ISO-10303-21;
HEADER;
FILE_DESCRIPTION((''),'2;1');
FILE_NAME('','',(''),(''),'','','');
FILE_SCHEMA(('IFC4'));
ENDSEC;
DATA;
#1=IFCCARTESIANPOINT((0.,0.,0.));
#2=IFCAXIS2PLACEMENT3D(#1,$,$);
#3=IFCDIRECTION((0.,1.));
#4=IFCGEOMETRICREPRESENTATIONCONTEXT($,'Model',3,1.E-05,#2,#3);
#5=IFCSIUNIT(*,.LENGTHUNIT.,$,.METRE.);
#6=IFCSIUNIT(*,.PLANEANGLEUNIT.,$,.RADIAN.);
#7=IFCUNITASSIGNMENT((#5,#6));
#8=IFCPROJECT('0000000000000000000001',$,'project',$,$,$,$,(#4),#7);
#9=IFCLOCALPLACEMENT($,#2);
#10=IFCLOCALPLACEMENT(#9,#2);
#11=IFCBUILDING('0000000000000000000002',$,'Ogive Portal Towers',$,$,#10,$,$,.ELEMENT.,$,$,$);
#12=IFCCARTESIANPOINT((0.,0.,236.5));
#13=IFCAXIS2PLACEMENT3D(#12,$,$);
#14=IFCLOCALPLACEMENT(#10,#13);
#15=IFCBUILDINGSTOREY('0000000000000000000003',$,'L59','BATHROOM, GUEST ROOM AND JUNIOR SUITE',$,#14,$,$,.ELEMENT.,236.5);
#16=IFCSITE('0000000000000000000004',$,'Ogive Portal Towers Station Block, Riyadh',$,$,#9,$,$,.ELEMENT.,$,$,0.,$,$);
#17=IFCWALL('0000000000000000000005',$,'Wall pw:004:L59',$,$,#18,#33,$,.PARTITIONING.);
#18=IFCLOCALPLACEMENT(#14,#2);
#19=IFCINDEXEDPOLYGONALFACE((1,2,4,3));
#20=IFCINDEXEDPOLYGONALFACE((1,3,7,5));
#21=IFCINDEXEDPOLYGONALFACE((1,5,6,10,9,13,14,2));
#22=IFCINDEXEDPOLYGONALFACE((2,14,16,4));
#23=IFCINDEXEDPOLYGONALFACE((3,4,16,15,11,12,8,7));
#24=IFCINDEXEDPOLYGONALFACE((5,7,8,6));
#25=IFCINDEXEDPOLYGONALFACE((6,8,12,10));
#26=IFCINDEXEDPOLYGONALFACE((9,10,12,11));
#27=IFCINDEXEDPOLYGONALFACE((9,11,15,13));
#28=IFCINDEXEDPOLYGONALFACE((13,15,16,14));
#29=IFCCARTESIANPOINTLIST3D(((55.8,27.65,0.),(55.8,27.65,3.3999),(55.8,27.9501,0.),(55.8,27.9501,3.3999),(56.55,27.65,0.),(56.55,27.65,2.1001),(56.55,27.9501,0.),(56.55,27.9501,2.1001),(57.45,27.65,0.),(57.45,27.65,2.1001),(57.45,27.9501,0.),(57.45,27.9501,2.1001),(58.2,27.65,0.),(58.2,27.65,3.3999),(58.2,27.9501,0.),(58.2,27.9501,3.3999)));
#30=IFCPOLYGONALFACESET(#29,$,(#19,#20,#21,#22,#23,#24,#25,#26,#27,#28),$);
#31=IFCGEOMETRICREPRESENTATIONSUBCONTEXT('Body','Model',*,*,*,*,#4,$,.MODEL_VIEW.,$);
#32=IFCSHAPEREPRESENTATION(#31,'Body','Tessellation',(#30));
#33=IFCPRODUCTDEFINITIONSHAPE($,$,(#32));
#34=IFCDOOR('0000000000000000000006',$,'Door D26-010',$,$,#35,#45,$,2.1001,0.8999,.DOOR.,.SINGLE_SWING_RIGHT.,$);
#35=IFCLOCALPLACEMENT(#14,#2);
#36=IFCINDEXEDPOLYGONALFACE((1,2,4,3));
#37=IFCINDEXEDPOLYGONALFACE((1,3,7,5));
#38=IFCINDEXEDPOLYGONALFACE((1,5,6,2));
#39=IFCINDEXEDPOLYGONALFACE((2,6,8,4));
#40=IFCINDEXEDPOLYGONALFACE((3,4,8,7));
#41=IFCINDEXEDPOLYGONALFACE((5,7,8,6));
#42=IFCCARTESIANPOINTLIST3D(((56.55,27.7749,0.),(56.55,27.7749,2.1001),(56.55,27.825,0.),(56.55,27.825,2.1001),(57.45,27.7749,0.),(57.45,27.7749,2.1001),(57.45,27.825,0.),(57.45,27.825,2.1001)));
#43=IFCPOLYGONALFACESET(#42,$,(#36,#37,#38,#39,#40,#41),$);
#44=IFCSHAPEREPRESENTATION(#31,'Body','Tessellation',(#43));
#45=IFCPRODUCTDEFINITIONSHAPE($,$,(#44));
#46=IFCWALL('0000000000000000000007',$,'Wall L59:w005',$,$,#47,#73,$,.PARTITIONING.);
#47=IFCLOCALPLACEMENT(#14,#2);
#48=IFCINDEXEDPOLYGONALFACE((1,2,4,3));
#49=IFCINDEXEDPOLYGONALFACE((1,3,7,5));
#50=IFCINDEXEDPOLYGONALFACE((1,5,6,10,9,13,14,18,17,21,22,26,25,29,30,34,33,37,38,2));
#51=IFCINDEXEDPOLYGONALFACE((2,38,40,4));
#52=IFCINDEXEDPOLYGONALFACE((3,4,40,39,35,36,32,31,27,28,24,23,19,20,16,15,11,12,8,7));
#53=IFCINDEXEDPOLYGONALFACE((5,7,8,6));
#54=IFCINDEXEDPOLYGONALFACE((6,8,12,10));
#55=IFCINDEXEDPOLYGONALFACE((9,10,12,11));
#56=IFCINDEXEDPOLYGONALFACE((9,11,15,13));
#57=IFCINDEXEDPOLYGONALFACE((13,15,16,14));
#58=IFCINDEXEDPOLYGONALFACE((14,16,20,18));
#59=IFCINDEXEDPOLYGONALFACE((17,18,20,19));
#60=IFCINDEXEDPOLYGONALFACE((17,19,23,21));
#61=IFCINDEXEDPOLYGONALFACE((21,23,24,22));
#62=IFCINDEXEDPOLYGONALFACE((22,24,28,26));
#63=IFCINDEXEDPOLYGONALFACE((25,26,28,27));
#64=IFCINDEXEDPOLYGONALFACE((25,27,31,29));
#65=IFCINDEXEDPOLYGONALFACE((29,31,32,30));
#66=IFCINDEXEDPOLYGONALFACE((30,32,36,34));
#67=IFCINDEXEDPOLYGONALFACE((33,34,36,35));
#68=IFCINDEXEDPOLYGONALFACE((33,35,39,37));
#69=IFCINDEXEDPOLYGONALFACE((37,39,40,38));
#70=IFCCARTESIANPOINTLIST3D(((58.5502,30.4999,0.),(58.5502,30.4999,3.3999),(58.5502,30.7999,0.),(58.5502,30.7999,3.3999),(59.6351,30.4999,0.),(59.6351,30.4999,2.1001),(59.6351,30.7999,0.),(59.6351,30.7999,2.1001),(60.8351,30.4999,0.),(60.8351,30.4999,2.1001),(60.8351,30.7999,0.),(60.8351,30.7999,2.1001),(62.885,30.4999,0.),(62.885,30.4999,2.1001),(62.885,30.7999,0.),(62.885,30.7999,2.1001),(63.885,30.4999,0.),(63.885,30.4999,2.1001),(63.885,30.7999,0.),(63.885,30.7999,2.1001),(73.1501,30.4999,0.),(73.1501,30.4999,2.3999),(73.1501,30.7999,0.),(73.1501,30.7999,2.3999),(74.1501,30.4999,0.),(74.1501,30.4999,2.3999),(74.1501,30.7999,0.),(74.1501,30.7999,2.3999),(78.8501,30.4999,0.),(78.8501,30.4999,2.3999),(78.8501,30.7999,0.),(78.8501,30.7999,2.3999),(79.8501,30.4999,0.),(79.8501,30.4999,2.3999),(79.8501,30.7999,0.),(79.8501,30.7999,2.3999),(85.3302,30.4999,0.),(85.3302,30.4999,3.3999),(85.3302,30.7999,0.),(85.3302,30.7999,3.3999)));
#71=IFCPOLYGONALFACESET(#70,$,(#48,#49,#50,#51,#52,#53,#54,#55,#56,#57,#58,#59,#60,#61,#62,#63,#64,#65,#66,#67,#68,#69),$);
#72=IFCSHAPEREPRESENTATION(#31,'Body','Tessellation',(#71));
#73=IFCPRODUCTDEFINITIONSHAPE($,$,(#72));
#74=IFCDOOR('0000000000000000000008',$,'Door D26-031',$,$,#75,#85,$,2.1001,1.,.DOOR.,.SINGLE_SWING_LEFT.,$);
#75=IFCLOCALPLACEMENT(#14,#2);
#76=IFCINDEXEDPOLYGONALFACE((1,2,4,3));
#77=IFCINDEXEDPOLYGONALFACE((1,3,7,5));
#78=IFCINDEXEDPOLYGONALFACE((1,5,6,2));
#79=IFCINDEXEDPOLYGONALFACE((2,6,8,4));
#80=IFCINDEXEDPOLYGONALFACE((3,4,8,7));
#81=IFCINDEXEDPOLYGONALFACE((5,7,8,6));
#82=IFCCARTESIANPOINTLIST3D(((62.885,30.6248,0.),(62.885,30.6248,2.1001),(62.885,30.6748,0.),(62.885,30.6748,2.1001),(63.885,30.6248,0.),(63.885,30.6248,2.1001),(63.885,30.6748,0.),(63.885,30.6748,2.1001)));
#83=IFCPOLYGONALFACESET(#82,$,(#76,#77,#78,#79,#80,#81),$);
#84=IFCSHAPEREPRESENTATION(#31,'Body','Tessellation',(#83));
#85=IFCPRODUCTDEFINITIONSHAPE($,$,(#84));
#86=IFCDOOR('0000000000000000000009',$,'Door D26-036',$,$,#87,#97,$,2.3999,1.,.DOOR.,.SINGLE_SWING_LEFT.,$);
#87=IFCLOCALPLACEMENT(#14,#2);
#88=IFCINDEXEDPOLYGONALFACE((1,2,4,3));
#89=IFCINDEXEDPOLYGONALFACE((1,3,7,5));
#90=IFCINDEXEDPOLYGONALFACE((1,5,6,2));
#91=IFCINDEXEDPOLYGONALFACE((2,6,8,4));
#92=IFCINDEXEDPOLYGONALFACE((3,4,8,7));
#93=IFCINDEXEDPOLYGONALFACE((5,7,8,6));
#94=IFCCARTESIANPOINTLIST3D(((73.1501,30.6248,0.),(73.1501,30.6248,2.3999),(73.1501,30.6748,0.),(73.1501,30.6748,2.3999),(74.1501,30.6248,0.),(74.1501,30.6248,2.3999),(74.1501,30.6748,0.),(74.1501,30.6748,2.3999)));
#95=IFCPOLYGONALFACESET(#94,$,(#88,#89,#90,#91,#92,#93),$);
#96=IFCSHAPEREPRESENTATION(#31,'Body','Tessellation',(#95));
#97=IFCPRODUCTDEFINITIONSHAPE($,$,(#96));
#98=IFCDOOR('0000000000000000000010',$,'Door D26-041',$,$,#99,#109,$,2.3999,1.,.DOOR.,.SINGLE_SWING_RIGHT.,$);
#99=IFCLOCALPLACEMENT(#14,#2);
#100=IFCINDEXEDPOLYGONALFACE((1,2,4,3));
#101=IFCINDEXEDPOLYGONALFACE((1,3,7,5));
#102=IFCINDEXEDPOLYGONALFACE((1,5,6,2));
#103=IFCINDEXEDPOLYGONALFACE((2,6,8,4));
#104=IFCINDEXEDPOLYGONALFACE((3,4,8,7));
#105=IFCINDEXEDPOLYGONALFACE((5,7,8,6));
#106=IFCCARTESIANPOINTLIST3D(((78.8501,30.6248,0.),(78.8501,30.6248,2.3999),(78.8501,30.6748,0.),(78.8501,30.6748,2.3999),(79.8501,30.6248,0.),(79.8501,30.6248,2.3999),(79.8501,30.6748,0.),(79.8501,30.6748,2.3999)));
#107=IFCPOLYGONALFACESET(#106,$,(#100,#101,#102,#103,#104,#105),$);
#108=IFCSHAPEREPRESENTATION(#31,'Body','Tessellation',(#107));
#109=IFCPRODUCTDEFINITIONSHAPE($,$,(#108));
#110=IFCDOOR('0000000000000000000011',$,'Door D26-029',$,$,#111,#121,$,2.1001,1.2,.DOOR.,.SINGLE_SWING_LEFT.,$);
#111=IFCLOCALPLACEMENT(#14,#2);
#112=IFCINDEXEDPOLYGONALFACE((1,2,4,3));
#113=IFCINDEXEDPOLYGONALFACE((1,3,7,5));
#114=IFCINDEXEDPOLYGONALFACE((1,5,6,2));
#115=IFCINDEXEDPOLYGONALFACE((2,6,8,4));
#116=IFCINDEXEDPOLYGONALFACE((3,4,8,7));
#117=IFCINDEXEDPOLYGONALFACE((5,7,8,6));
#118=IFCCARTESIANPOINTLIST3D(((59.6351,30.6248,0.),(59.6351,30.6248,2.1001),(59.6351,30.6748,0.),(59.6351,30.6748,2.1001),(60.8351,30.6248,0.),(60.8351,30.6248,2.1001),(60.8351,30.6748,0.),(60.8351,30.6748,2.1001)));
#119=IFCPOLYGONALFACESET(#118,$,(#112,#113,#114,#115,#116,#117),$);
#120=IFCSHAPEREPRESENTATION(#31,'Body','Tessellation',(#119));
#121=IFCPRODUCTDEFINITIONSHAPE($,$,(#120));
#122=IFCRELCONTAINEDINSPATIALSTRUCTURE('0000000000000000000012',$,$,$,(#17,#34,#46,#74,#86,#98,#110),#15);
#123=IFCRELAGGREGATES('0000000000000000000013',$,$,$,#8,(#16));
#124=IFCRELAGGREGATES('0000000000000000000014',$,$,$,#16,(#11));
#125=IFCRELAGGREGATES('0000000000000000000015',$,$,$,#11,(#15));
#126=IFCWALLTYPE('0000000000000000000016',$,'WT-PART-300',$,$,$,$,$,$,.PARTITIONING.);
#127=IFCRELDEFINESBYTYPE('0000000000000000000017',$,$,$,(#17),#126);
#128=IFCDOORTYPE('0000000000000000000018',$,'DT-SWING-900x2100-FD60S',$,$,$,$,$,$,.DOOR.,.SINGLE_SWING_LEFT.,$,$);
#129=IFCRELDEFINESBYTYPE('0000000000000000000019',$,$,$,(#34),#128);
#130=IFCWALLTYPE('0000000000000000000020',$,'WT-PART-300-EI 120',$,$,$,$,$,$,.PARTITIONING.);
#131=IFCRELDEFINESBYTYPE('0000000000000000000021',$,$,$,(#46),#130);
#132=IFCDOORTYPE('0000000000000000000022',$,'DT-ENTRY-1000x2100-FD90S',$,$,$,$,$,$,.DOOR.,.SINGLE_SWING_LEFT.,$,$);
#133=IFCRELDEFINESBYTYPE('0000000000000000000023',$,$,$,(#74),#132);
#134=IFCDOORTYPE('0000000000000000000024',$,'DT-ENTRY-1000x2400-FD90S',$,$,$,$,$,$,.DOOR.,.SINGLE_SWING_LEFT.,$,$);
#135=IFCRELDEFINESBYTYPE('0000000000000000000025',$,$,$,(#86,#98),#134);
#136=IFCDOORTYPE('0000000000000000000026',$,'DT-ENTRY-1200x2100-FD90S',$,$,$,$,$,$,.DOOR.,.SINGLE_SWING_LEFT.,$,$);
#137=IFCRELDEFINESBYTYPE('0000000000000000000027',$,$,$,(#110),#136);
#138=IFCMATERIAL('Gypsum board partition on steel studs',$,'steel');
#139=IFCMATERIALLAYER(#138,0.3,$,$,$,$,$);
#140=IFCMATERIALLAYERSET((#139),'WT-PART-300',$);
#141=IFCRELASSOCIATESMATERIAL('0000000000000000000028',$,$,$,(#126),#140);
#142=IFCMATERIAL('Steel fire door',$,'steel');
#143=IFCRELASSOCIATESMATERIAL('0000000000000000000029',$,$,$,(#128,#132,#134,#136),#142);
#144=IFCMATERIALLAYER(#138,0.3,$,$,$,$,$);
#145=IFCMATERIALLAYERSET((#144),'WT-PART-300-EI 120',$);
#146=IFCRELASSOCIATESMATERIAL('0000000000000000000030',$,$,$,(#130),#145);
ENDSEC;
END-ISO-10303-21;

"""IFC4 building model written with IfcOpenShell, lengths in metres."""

from ifc_helpers import new_model, si_unit, direction, frame, frame_2d, origin, place, context, subcontext, project, spatial, rectangle, extrude, material, layer, layer_set, type_object, element, fill, save


model = new_model("IFC4")

# Units and contexts
model_context = context("Model", 3, precision=1e-05, world=origin(), true_north=direction((0.0, 1.0)))
body_context = subcontext(model_context, "Body", "Model", "MODEL_VIEW")
ifc_project = project(units=[si_unit("LENGTHUNIT", "METRE"), si_unit("PLANEANGLEUNIT", "RADIAN")], contexts=[model_context])

# Site, building, storey
site_placement = place(None, origin())
site = spatial("IfcSite", under=ifc_project, at=site_placement, Name="Ogive Portal Towers Station Block, Riyadh", CompositionType="ELEMENT", RefElevation=0.0)
building_placement = place(site_placement, origin())
building = spatial("IfcBuilding", under=site, at=building_placement, Name="Ogive Portal Towers", CompositionType="ELEMENT")
storey_placement = place(building_placement, frame((0.0, 0.0, 236.5)))
storey = spatial("IfcBuildingStorey", under=building, at=storey_placement, Name="L59", Description="BATHROOM, GUEST ROOM AND JUNIOR SUITE", CompositionType="ELEMENT", Elevation=236.5)

# Wall, opening, door
ifc_material_1 = material(Name="Gypsum board partition on steel studs", Category="steel")
ifc_layer_1 = layer(ifc_material_1, 0.3)
ifc_layer_set_1 = layer_set([ifc_layer_1], Name="WT-PART-300")
wall_type_1 = type_object("IfcWallType", Name="WT-PART-300", PredefinedType="PARTITIONING", material=ifc_layer_set_1)
wall_1_placement = place(storey_placement, frame((55.8, 27.8, 0.0), z_axis=(0.0, 0.0, 1.0), x_axis=(1.0, 0.0, 0.0)))
wall_1 = element("IfcWall", 1, at=wall_1_placement, inside=storey, type_object=wall_type_1, Name="Wall pw:004:L59", PredefinedType="PARTITIONING", context=body_context, shape_type="SweptSolid", body=[
    extrude(rectangle(XDim=2.3999, YDim=0.3, at=frame_2d((1.2, 0.0))), origin(), (0.0, 0.0, 1.0), 3.3999),
])
opening_1_placement = place(wall_1_placement, frame((0.75, 0.0, 0.0)))
opening_1 = element("IfcOpeningElement", 2, at=opening_1_placement, cuts=wall_1, PredefinedType="OPENING", context=body_context, shape_type="SweptSolid", body=[
    extrude(rectangle(XDim=0.8999, YDim=2.1001, at=frame_2d((0.45, 1.05))), frame((0.0, 0.1602, 0.0), z_axis=(0.0, -1.0, 0.0), x_axis=(1.0, 0.0, 0.0)), (0.0, 0.0, 1.0), 0.3201),
])
ifc_material_2 = material(Name="Steel fire door", Category="steel")
door_type_1 = type_object("IfcDoorType", Name="DT-SWING-900x2100-FD60S", OperationType="SINGLE_SWING_LEFT", PredefinedType="DOOR", material=ifc_material_2)
door_1_placement = place(opening_1_placement, origin())
door_1 = element("IfcDoor", 3, at=door_1_placement, inside=storey, type_object=door_type_1, Name="Door D26-010", OperationType="SINGLE_SWING_RIGHT", OverallHeight=2.1001, OverallWidth=0.8999, PredefinedType="DOOR", context=body_context, shape_type="SweptSolid", body=[
    extrude(rectangle(XDim=0.8999, YDim=2.1001, at=frame_2d((0.45, 1.05))), frame((0.0, 0.0249, 0.0), z_axis=(0.0, -1.0, 0.0), x_axis=(1.0, 0.0, 0.0)), (0.0, 0.0, 1.0), 0.05),
])
fill(opening_1, door_1)

# Wall, openings, doors
ifc_layer_2 = layer(ifc_material_1, 0.3)
ifc_layer_set_2 = layer_set([ifc_layer_2], Name="WT-PART-300-EI 120")
wall_type_2 = type_object("IfcWallType", Name="WT-PART-300-EI 120", PredefinedType="PARTITIONING", material=ifc_layer_set_2)
wall_2_placement = place(storey_placement, frame((58.55, 30.6499, 0.0), z_axis=(0.0, 0.0, 1.0), x_axis=(1.0, 0.0, 0.0)))
wall_2 = element("IfcWall", 4, at=wall_2_placement, inside=storey, type_object=wall_type_2, Name="Wall L59:w005", PredefinedType="PARTITIONING", context=body_context, shape_type="SweptSolid", body=[
    extrude(rectangle(XDim=26.78, YDim=0.3, at=frame_2d((13.3901, 0.0))), origin(), (0.0, 0.0, 1.0), 3.3999),
])
opening_2_placement = place(wall_2_placement, frame((1.085, 0.0, 0.0)))
opening_2 = element("IfcOpeningElement", 5, at=opening_2_placement, cuts=wall_2, PredefinedType="OPENING", context=body_context, shape_type="SweptSolid", body=[
    extrude(rectangle(XDim=1.2, YDim=2.1001, at=frame_2d((0.6001, 1.05))), frame((0.0, 0.1602, 0.0), z_axis=(0.0, -1.0, 0.0), x_axis=(1.0, 0.0, 0.0)), (0.0, 0.0, 1.0), 0.3201),
])
opening_3_placement = place(wall_2_placement, frame((4.335, 0.0, 0.0)))
opening_3 = element("IfcOpeningElement", 6, at=opening_3_placement, cuts=wall_2, PredefinedType="OPENING", context=body_context, shape_type="SweptSolid", body=[
    extrude(rectangle(XDim=1.0, YDim=2.1001, at=frame_2d((0.5, 1.05))), frame((0.0, 0.1602, 0.0), z_axis=(0.0, -1.0, 0.0), x_axis=(1.0, 0.0, 0.0)), (0.0, 0.0, 1.0), 0.3201),
])
opening_4_placement = place(wall_2_placement, frame((14.6001, 0.0, 0.0)))
opening_4 = element("IfcOpeningElement", 7, at=opening_4_placement, cuts=wall_2, PredefinedType="OPENING", context=body_context, shape_type="SweptSolid", body=[
    extrude(rectangle(XDim=1.0, YDim=2.3999, at=frame_2d((0.5, 1.2))), frame((0.0, 0.1602, 0.0), z_axis=(0.0, -1.0, 0.0), x_axis=(1.0, 0.0, 0.0)), (0.0, 0.0, 1.0), 0.3201),
])
opening_5_placement = place(wall_2_placement, frame((20.3, 0.0, 0.0)))
opening_5 = element("IfcOpeningElement", 8, at=opening_5_placement, cuts=wall_2, PredefinedType="OPENING", context=body_context, shape_type="SweptSolid", body=[
    extrude(rectangle(XDim=1.0, YDim=2.3999, at=frame_2d((0.5, 1.2))), frame((0.0, 0.1602, 0.0), z_axis=(0.0, -1.0, 0.0), x_axis=(1.0, 0.0, 0.0)), (0.0, 0.0, 1.0), 0.3201),
])
door_type_2 = type_object("IfcDoorType", Name="DT-ENTRY-1000x2100-FD90S", OperationType="SINGLE_SWING_LEFT", PredefinedType="DOOR", material=ifc_material_2)
door_2_placement = place(opening_3_placement, origin())
door_2 = element("IfcDoor", 9, at=door_2_placement, inside=storey, type_object=door_type_2, Name="Door D26-031", OperationType="SINGLE_SWING_LEFT", OverallHeight=2.1001, OverallWidth=1.0, PredefinedType="DOOR", context=body_context, shape_type="SweptSolid", body=[
    extrude(rectangle(XDim=1.0, YDim=2.1001, at=frame_2d((0.5, 1.05))), frame((0.0, 0.0249, 0.0), z_axis=(0.0, -1.0, 0.0), x_axis=(1.0, 0.0, 0.0)), (0.0, 0.0, 1.0), 0.05),
])
fill(opening_3, door_2)
door_type_3 = type_object("IfcDoorType", Name="DT-ENTRY-1000x2400-FD90S", OperationType="SINGLE_SWING_LEFT", PredefinedType="DOOR", material=ifc_material_2)
door_3_placement = place(opening_4_placement, origin())
door_3 = element("IfcDoor", 10, at=door_3_placement, inside=storey, type_object=door_type_3, Name="Door D26-036", OperationType="SINGLE_SWING_LEFT", OverallHeight=2.3999, OverallWidth=1.0, PredefinedType="DOOR", context=body_context, shape_type="SweptSolid", body=[
    extrude(rectangle(XDim=1.0, YDim=2.3999, at=frame_2d((0.5, 1.2))), frame((0.0, 0.0249, 0.0), z_axis=(0.0, -1.0, 0.0), x_axis=(1.0, 0.0, 0.0)), (0.0, 0.0, 1.0), 0.05),
])
fill(opening_4, door_3)
door_4_placement = place(opening_5_placement, origin())
door_4 = element("IfcDoor", 11, at=door_4_placement, inside=storey, type_object=door_type_3, Name="Door D26-041", OperationType="SINGLE_SWING_RIGHT", OverallHeight=2.3999, OverallWidth=1.0, PredefinedType="DOOR", context=body_context, shape_type="SweptSolid", body=[
    extrude(rectangle(XDim=1.0, YDim=2.3999, at=frame_2d((0.5, 1.2))), frame((0.0, 0.0249, 0.0), z_axis=(0.0, -1.0, 0.0), x_axis=(1.0, 0.0, 0.0)), (0.0, 0.0, 1.0), 0.05),
])
fill(opening_5, door_4)
door_type_4 = type_object("IfcDoorType", Name="DT-ENTRY-1200x2100-FD90S", OperationType="SINGLE_SWING_LEFT", PredefinedType="DOOR", material=ifc_material_2)
door_5_placement = place(opening_2_placement, origin())
door_5 = element("IfcDoor", 12, at=door_5_placement, inside=storey, type_object=door_type_4, Name="Door D26-029", OperationType="SINGLE_SWING_LEFT", OverallHeight=2.1001, OverallWidth=1.2, PredefinedType="DOOR", context=body_context, shape_type="SweptSolid", body=[
    extrude(rectangle(XDim=1.2, YDim=2.1001, at=frame_2d((0.6001, 1.05))), frame((0.0, 0.0249, 0.0), z_axis=(0.0, -1.0, 0.0), x_axis=(1.0, 0.0, 0.0)), (0.0, 0.0, 1.0), 0.05),
])
fill(opening_2, door_5)

save(model, "model.ifc")
